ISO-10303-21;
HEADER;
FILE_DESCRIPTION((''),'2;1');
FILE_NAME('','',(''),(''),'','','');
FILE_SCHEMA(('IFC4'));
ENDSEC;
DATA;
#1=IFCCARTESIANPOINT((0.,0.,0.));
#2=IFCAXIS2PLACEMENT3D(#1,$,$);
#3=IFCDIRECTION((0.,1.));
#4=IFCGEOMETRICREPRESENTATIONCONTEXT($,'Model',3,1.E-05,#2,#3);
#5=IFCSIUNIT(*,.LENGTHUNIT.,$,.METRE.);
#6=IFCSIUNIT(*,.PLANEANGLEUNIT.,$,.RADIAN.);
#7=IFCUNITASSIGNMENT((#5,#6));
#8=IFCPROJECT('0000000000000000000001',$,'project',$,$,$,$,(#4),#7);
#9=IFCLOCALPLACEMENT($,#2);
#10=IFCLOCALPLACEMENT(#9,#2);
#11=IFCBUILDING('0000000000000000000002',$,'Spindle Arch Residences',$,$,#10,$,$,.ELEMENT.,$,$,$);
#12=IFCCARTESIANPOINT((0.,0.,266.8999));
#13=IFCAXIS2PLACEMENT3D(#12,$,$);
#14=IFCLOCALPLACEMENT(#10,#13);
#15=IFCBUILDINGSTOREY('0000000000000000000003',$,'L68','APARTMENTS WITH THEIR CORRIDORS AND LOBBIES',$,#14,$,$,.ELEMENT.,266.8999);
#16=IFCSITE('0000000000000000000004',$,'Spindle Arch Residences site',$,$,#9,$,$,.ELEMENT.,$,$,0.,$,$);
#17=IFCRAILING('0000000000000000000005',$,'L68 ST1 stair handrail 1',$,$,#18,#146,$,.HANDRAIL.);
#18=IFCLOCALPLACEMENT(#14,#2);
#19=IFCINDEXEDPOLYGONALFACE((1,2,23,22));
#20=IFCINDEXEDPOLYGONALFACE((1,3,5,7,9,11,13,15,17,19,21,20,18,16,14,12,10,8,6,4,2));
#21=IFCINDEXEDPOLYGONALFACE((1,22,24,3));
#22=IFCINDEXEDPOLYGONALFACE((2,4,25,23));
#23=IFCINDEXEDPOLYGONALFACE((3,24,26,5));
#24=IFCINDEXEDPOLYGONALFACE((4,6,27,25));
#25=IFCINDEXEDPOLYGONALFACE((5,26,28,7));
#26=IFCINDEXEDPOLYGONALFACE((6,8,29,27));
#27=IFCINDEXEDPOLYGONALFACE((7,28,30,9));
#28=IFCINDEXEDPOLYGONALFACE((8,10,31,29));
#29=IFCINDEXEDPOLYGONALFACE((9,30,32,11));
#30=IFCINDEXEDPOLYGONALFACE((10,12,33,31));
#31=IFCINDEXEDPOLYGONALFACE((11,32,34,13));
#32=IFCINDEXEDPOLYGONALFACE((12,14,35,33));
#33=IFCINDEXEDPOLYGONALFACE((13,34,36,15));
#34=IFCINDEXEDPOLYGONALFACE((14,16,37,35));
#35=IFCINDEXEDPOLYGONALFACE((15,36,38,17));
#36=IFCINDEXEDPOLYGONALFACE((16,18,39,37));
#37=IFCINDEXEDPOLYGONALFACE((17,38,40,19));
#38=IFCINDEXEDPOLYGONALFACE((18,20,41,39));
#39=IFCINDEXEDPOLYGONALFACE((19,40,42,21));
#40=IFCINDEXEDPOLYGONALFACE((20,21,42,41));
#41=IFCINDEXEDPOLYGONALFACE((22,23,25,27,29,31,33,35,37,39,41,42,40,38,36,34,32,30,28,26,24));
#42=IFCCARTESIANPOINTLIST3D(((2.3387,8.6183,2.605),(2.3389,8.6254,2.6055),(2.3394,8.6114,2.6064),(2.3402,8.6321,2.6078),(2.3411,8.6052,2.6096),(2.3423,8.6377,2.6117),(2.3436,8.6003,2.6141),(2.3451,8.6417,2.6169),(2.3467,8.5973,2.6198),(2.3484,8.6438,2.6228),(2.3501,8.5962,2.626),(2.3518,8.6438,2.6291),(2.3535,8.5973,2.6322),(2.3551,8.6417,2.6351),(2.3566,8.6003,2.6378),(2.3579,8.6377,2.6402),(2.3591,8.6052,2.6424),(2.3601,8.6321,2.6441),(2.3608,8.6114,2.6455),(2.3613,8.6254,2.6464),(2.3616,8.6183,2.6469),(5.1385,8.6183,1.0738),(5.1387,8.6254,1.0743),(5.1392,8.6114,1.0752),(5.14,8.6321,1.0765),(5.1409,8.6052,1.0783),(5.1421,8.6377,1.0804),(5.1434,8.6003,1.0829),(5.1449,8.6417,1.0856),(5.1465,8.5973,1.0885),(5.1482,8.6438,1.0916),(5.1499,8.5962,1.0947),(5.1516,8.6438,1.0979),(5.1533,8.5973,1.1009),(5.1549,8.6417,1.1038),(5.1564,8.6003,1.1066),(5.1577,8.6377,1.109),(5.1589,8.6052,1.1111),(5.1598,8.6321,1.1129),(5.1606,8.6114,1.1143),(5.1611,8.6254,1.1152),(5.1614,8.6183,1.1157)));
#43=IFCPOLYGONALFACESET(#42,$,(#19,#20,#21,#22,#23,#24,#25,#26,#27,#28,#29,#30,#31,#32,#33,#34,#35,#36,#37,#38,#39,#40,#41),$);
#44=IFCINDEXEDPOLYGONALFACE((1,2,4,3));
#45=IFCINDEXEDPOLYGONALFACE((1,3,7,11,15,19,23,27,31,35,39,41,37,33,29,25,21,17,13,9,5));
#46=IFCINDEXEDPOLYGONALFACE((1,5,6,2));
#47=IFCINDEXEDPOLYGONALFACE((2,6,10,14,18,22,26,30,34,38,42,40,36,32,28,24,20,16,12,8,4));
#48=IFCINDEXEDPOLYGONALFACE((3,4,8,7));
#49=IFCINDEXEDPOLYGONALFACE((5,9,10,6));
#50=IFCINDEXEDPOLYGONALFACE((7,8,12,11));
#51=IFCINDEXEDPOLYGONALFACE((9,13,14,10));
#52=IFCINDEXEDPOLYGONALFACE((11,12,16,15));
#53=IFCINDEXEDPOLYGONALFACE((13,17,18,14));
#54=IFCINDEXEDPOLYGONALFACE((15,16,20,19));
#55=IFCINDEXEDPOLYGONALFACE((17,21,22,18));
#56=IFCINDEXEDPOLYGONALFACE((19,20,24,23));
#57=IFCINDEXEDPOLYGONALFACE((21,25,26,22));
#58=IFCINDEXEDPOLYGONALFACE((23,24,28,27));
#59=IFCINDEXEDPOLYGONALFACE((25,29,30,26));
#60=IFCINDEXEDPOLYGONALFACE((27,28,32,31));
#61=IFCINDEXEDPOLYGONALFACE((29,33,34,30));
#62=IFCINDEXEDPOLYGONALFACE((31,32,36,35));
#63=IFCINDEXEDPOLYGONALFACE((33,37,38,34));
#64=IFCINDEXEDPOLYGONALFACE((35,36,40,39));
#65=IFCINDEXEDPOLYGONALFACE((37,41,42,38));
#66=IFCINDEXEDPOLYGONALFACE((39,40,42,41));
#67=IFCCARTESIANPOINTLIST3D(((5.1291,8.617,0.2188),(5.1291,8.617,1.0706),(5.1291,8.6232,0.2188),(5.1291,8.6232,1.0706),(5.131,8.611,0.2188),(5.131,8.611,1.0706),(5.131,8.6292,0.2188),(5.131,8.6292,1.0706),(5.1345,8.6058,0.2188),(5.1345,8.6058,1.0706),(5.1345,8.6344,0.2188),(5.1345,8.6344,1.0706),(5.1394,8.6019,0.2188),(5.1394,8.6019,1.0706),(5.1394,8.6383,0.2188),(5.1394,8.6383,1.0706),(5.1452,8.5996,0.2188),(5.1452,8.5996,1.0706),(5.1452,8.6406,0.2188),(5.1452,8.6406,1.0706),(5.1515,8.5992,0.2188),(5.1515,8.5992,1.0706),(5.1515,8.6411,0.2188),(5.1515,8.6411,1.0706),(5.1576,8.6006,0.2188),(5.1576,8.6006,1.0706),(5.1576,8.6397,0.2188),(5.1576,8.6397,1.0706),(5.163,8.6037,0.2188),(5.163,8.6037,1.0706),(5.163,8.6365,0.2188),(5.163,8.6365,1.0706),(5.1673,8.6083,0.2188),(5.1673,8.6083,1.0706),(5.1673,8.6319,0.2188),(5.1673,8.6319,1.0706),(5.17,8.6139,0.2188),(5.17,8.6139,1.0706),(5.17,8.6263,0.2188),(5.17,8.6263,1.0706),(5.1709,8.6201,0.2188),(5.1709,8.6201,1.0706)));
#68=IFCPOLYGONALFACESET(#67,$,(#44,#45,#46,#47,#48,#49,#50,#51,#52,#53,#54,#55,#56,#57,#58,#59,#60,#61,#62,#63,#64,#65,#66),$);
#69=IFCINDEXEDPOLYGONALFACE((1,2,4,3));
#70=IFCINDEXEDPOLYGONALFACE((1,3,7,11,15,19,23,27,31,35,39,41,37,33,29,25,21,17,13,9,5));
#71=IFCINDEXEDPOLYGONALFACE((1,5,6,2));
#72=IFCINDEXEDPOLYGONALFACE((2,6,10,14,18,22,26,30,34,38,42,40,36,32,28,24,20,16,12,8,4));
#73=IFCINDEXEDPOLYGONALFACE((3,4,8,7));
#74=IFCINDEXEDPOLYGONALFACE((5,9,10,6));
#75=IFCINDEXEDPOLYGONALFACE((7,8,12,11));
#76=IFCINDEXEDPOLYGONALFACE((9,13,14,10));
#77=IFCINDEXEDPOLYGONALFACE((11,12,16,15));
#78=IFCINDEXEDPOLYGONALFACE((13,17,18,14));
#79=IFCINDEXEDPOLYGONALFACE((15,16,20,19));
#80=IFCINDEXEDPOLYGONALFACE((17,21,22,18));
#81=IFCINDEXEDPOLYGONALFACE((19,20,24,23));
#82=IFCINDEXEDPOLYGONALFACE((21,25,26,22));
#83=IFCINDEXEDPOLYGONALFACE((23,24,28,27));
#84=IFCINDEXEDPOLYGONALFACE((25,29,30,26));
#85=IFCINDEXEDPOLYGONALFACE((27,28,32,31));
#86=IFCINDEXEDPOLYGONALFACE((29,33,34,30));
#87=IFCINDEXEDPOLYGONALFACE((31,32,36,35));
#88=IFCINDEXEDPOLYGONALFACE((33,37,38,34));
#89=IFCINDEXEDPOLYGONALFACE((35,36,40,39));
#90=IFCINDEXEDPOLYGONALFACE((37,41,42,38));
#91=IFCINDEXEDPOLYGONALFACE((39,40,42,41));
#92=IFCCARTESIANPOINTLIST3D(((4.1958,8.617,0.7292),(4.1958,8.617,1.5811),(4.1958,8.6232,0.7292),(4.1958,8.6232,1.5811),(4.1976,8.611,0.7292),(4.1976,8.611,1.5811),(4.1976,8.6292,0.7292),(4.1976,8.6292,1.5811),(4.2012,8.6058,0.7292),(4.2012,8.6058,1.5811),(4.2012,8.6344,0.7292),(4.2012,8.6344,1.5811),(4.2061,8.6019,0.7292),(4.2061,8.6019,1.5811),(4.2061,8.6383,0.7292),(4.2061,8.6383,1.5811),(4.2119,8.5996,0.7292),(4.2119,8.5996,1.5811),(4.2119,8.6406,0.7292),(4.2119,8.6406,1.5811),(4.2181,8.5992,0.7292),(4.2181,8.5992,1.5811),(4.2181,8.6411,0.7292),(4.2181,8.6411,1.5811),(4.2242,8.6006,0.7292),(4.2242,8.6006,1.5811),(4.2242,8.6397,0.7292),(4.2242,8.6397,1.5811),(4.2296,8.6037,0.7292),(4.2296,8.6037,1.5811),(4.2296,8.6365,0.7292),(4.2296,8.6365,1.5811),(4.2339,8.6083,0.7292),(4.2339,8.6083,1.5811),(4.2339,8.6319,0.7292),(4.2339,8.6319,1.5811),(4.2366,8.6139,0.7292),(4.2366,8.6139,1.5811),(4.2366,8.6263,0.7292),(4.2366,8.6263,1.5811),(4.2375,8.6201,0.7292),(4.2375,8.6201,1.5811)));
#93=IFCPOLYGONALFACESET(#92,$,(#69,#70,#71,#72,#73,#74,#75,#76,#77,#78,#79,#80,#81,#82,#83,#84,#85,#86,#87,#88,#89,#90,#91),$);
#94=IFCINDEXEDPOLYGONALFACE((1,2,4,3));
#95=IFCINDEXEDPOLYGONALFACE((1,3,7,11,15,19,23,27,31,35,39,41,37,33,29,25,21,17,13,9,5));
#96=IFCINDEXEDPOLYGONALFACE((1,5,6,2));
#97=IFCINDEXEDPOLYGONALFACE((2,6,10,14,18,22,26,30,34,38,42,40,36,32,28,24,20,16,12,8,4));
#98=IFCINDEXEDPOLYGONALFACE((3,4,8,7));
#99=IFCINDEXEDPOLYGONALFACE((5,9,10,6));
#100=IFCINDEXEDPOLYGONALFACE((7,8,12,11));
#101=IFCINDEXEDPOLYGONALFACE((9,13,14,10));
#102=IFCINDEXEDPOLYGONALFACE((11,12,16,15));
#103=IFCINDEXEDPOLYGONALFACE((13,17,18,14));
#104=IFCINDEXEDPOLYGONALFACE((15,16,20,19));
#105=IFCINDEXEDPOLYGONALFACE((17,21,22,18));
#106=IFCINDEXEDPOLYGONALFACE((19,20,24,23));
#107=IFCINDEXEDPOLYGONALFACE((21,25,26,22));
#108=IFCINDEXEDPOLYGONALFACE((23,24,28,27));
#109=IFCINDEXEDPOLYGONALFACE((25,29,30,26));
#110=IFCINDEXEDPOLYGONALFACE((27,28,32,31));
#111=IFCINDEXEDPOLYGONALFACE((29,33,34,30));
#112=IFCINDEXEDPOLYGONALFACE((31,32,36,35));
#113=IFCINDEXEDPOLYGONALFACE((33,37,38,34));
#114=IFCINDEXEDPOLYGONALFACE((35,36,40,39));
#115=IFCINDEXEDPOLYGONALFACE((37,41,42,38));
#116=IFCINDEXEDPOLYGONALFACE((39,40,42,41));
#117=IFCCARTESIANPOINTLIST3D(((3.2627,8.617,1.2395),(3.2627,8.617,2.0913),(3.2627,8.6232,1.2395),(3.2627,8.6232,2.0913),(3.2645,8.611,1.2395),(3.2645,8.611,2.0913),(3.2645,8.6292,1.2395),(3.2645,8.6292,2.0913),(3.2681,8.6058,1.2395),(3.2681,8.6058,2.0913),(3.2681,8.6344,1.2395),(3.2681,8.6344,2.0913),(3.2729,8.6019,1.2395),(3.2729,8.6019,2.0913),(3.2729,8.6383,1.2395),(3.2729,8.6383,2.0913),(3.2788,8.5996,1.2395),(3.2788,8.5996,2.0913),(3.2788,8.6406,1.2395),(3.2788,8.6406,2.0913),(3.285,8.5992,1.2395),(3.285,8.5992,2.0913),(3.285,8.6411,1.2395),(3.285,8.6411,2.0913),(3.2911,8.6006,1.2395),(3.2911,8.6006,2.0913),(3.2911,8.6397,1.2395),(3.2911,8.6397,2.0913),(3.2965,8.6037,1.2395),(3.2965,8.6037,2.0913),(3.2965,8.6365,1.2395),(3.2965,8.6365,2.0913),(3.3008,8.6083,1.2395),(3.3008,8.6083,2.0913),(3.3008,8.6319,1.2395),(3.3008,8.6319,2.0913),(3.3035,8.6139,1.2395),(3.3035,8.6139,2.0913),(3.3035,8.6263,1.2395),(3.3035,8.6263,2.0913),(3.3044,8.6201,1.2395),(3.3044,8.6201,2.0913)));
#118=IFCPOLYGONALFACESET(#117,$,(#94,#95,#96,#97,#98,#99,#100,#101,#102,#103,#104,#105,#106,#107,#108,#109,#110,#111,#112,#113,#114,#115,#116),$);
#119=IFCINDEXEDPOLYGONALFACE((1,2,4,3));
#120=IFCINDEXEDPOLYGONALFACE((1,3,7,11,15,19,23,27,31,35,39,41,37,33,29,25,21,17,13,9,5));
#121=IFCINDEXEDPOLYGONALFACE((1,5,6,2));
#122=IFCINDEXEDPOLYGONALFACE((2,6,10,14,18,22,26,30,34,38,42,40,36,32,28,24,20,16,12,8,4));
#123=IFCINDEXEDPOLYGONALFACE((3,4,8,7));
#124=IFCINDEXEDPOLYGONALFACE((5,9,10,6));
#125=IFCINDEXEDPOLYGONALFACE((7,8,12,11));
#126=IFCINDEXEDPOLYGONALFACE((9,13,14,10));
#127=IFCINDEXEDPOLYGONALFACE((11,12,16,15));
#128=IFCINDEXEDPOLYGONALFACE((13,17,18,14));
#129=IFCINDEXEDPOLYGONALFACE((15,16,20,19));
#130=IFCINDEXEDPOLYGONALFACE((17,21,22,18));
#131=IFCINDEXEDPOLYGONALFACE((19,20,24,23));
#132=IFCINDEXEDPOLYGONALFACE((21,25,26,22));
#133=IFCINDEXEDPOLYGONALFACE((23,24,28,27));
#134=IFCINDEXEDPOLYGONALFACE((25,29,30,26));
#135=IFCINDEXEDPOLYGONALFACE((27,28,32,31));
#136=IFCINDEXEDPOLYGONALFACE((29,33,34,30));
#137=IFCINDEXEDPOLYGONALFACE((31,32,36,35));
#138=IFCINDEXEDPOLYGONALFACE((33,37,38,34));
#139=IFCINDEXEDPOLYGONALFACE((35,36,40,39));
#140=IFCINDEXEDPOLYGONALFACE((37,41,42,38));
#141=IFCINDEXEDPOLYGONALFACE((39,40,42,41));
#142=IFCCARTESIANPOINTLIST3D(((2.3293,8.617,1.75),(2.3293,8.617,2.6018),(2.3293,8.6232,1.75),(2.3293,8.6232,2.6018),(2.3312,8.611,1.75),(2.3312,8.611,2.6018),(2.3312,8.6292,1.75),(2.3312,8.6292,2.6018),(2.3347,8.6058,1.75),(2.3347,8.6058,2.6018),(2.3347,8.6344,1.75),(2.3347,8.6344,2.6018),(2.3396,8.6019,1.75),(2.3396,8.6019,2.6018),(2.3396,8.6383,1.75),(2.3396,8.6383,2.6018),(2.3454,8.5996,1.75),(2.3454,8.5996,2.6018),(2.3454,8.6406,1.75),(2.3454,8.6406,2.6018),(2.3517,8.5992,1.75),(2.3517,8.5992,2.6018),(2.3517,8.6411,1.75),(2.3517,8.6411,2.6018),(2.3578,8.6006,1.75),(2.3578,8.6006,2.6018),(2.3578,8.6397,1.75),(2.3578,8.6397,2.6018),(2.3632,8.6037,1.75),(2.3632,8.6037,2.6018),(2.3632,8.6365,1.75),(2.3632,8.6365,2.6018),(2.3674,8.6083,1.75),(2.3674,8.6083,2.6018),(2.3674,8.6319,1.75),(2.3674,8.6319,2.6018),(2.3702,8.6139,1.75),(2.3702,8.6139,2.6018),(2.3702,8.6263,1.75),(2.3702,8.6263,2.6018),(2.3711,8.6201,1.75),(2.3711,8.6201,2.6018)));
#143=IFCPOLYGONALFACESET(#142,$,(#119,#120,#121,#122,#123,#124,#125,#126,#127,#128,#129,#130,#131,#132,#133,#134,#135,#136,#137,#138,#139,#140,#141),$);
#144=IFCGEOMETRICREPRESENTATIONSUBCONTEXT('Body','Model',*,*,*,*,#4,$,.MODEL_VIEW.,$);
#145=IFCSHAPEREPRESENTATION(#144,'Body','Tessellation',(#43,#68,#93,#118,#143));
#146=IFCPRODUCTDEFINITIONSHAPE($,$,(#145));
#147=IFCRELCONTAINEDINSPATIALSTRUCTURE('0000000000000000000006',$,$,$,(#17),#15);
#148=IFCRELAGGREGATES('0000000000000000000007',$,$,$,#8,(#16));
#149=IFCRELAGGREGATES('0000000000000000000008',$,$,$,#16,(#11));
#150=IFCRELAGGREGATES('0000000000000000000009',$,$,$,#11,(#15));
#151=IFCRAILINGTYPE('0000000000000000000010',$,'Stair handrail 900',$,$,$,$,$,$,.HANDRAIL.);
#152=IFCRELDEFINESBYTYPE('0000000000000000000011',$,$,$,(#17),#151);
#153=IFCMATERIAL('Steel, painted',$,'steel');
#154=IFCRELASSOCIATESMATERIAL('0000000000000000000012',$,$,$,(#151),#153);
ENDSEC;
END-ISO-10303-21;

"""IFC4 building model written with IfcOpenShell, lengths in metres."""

from ifc_helpers import new_model, si_unit, direction, frame, origin, origin_2d, place, context, subcontext, project, spatial, circle, extrude, material, type_object, element, save


model = new_model("IFC4")

# Units and contexts
model_context = context("Model", 3, precision=1e-05, world=origin(), true_north=direction((0.0, 1.0)))
body_context = subcontext(model_context, "Body", "Model", "MODEL_VIEW")
ifc_project = project(units=[si_unit("LENGTHUNIT", "METRE"), si_unit("PLANEANGLEUNIT", "RADIAN")], contexts=[model_context])

# Site, building, storey
site_placement = place(None, origin())
site = spatial("IfcSite", under=ifc_project, at=site_placement, Name="Spindle Arch Residences site", CompositionType="ELEMENT", RefElevation=0.0)
building_placement = place(site_placement, origin())
building = spatial("IfcBuilding", under=site, at=building_placement, Name="Spindle Arch Residences", CompositionType="ELEMENT")
storey_placement = place(building_placement, frame((0.0, 0.0, 266.8999)))
storey = spatial("IfcBuildingStorey", under=building, at=storey_placement, Name="L68", Description="APARTMENTS WITH THEIR CORRIDORS AND LOBBIES", CompositionType="ELEMENT", Elevation=266.8999)

# Railing
ifc_material_1 = material(Name="Steel, painted", Category="steel")
railing_type_1 = type_object("IfcRailingType", Name="Stair handrail 900", PredefinedType="HANDRAIL", material=ifc_material_1)
railing_1_placement = place(storey_placement, frame((5.1499, 8.6201, 0.2188)))
element("IfcRailing", 1, at=railing_1_placement, inside=storey, type_object=railing_type_1, Name="L68 ST1 stair handrail 1", PredefinedType="HANDRAIL", context=body_context, shape_type="SweptSolid", body=[
    extrude(circle(Radius=0.0239, at=origin_2d()), frame((0.0, 0.0, 0.876), z_axis=(-0.877357, 0.0, 0.479838), x_axis=(0.0, -1.0, 0.0)), (0.0, 0.0, 1.0), 3.1912),
    extrude(circle(Radius=0.021, at=origin_2d()), origin(), (0.0, 0.0, 1.0), 0.8518),
    extrude(circle(Radius=0.021, at=origin_2d()), frame((-0.9333, 0.0, 0.5105)), (0.0, 0.0, 1.0), 0.8518),
    extrude(circle(Radius=0.021, at=origin_2d()), frame((-1.8665, 0.0, 1.0208)), (0.0, 0.0, 1.0), 0.8518),
    extrude(circle(Radius=0.021, at=origin_2d()), frame((-2.7998, 0.0, 1.5312)), (0.0, 0.0, 1.0), 0.8518),
])

save(model, "model.ifc")
